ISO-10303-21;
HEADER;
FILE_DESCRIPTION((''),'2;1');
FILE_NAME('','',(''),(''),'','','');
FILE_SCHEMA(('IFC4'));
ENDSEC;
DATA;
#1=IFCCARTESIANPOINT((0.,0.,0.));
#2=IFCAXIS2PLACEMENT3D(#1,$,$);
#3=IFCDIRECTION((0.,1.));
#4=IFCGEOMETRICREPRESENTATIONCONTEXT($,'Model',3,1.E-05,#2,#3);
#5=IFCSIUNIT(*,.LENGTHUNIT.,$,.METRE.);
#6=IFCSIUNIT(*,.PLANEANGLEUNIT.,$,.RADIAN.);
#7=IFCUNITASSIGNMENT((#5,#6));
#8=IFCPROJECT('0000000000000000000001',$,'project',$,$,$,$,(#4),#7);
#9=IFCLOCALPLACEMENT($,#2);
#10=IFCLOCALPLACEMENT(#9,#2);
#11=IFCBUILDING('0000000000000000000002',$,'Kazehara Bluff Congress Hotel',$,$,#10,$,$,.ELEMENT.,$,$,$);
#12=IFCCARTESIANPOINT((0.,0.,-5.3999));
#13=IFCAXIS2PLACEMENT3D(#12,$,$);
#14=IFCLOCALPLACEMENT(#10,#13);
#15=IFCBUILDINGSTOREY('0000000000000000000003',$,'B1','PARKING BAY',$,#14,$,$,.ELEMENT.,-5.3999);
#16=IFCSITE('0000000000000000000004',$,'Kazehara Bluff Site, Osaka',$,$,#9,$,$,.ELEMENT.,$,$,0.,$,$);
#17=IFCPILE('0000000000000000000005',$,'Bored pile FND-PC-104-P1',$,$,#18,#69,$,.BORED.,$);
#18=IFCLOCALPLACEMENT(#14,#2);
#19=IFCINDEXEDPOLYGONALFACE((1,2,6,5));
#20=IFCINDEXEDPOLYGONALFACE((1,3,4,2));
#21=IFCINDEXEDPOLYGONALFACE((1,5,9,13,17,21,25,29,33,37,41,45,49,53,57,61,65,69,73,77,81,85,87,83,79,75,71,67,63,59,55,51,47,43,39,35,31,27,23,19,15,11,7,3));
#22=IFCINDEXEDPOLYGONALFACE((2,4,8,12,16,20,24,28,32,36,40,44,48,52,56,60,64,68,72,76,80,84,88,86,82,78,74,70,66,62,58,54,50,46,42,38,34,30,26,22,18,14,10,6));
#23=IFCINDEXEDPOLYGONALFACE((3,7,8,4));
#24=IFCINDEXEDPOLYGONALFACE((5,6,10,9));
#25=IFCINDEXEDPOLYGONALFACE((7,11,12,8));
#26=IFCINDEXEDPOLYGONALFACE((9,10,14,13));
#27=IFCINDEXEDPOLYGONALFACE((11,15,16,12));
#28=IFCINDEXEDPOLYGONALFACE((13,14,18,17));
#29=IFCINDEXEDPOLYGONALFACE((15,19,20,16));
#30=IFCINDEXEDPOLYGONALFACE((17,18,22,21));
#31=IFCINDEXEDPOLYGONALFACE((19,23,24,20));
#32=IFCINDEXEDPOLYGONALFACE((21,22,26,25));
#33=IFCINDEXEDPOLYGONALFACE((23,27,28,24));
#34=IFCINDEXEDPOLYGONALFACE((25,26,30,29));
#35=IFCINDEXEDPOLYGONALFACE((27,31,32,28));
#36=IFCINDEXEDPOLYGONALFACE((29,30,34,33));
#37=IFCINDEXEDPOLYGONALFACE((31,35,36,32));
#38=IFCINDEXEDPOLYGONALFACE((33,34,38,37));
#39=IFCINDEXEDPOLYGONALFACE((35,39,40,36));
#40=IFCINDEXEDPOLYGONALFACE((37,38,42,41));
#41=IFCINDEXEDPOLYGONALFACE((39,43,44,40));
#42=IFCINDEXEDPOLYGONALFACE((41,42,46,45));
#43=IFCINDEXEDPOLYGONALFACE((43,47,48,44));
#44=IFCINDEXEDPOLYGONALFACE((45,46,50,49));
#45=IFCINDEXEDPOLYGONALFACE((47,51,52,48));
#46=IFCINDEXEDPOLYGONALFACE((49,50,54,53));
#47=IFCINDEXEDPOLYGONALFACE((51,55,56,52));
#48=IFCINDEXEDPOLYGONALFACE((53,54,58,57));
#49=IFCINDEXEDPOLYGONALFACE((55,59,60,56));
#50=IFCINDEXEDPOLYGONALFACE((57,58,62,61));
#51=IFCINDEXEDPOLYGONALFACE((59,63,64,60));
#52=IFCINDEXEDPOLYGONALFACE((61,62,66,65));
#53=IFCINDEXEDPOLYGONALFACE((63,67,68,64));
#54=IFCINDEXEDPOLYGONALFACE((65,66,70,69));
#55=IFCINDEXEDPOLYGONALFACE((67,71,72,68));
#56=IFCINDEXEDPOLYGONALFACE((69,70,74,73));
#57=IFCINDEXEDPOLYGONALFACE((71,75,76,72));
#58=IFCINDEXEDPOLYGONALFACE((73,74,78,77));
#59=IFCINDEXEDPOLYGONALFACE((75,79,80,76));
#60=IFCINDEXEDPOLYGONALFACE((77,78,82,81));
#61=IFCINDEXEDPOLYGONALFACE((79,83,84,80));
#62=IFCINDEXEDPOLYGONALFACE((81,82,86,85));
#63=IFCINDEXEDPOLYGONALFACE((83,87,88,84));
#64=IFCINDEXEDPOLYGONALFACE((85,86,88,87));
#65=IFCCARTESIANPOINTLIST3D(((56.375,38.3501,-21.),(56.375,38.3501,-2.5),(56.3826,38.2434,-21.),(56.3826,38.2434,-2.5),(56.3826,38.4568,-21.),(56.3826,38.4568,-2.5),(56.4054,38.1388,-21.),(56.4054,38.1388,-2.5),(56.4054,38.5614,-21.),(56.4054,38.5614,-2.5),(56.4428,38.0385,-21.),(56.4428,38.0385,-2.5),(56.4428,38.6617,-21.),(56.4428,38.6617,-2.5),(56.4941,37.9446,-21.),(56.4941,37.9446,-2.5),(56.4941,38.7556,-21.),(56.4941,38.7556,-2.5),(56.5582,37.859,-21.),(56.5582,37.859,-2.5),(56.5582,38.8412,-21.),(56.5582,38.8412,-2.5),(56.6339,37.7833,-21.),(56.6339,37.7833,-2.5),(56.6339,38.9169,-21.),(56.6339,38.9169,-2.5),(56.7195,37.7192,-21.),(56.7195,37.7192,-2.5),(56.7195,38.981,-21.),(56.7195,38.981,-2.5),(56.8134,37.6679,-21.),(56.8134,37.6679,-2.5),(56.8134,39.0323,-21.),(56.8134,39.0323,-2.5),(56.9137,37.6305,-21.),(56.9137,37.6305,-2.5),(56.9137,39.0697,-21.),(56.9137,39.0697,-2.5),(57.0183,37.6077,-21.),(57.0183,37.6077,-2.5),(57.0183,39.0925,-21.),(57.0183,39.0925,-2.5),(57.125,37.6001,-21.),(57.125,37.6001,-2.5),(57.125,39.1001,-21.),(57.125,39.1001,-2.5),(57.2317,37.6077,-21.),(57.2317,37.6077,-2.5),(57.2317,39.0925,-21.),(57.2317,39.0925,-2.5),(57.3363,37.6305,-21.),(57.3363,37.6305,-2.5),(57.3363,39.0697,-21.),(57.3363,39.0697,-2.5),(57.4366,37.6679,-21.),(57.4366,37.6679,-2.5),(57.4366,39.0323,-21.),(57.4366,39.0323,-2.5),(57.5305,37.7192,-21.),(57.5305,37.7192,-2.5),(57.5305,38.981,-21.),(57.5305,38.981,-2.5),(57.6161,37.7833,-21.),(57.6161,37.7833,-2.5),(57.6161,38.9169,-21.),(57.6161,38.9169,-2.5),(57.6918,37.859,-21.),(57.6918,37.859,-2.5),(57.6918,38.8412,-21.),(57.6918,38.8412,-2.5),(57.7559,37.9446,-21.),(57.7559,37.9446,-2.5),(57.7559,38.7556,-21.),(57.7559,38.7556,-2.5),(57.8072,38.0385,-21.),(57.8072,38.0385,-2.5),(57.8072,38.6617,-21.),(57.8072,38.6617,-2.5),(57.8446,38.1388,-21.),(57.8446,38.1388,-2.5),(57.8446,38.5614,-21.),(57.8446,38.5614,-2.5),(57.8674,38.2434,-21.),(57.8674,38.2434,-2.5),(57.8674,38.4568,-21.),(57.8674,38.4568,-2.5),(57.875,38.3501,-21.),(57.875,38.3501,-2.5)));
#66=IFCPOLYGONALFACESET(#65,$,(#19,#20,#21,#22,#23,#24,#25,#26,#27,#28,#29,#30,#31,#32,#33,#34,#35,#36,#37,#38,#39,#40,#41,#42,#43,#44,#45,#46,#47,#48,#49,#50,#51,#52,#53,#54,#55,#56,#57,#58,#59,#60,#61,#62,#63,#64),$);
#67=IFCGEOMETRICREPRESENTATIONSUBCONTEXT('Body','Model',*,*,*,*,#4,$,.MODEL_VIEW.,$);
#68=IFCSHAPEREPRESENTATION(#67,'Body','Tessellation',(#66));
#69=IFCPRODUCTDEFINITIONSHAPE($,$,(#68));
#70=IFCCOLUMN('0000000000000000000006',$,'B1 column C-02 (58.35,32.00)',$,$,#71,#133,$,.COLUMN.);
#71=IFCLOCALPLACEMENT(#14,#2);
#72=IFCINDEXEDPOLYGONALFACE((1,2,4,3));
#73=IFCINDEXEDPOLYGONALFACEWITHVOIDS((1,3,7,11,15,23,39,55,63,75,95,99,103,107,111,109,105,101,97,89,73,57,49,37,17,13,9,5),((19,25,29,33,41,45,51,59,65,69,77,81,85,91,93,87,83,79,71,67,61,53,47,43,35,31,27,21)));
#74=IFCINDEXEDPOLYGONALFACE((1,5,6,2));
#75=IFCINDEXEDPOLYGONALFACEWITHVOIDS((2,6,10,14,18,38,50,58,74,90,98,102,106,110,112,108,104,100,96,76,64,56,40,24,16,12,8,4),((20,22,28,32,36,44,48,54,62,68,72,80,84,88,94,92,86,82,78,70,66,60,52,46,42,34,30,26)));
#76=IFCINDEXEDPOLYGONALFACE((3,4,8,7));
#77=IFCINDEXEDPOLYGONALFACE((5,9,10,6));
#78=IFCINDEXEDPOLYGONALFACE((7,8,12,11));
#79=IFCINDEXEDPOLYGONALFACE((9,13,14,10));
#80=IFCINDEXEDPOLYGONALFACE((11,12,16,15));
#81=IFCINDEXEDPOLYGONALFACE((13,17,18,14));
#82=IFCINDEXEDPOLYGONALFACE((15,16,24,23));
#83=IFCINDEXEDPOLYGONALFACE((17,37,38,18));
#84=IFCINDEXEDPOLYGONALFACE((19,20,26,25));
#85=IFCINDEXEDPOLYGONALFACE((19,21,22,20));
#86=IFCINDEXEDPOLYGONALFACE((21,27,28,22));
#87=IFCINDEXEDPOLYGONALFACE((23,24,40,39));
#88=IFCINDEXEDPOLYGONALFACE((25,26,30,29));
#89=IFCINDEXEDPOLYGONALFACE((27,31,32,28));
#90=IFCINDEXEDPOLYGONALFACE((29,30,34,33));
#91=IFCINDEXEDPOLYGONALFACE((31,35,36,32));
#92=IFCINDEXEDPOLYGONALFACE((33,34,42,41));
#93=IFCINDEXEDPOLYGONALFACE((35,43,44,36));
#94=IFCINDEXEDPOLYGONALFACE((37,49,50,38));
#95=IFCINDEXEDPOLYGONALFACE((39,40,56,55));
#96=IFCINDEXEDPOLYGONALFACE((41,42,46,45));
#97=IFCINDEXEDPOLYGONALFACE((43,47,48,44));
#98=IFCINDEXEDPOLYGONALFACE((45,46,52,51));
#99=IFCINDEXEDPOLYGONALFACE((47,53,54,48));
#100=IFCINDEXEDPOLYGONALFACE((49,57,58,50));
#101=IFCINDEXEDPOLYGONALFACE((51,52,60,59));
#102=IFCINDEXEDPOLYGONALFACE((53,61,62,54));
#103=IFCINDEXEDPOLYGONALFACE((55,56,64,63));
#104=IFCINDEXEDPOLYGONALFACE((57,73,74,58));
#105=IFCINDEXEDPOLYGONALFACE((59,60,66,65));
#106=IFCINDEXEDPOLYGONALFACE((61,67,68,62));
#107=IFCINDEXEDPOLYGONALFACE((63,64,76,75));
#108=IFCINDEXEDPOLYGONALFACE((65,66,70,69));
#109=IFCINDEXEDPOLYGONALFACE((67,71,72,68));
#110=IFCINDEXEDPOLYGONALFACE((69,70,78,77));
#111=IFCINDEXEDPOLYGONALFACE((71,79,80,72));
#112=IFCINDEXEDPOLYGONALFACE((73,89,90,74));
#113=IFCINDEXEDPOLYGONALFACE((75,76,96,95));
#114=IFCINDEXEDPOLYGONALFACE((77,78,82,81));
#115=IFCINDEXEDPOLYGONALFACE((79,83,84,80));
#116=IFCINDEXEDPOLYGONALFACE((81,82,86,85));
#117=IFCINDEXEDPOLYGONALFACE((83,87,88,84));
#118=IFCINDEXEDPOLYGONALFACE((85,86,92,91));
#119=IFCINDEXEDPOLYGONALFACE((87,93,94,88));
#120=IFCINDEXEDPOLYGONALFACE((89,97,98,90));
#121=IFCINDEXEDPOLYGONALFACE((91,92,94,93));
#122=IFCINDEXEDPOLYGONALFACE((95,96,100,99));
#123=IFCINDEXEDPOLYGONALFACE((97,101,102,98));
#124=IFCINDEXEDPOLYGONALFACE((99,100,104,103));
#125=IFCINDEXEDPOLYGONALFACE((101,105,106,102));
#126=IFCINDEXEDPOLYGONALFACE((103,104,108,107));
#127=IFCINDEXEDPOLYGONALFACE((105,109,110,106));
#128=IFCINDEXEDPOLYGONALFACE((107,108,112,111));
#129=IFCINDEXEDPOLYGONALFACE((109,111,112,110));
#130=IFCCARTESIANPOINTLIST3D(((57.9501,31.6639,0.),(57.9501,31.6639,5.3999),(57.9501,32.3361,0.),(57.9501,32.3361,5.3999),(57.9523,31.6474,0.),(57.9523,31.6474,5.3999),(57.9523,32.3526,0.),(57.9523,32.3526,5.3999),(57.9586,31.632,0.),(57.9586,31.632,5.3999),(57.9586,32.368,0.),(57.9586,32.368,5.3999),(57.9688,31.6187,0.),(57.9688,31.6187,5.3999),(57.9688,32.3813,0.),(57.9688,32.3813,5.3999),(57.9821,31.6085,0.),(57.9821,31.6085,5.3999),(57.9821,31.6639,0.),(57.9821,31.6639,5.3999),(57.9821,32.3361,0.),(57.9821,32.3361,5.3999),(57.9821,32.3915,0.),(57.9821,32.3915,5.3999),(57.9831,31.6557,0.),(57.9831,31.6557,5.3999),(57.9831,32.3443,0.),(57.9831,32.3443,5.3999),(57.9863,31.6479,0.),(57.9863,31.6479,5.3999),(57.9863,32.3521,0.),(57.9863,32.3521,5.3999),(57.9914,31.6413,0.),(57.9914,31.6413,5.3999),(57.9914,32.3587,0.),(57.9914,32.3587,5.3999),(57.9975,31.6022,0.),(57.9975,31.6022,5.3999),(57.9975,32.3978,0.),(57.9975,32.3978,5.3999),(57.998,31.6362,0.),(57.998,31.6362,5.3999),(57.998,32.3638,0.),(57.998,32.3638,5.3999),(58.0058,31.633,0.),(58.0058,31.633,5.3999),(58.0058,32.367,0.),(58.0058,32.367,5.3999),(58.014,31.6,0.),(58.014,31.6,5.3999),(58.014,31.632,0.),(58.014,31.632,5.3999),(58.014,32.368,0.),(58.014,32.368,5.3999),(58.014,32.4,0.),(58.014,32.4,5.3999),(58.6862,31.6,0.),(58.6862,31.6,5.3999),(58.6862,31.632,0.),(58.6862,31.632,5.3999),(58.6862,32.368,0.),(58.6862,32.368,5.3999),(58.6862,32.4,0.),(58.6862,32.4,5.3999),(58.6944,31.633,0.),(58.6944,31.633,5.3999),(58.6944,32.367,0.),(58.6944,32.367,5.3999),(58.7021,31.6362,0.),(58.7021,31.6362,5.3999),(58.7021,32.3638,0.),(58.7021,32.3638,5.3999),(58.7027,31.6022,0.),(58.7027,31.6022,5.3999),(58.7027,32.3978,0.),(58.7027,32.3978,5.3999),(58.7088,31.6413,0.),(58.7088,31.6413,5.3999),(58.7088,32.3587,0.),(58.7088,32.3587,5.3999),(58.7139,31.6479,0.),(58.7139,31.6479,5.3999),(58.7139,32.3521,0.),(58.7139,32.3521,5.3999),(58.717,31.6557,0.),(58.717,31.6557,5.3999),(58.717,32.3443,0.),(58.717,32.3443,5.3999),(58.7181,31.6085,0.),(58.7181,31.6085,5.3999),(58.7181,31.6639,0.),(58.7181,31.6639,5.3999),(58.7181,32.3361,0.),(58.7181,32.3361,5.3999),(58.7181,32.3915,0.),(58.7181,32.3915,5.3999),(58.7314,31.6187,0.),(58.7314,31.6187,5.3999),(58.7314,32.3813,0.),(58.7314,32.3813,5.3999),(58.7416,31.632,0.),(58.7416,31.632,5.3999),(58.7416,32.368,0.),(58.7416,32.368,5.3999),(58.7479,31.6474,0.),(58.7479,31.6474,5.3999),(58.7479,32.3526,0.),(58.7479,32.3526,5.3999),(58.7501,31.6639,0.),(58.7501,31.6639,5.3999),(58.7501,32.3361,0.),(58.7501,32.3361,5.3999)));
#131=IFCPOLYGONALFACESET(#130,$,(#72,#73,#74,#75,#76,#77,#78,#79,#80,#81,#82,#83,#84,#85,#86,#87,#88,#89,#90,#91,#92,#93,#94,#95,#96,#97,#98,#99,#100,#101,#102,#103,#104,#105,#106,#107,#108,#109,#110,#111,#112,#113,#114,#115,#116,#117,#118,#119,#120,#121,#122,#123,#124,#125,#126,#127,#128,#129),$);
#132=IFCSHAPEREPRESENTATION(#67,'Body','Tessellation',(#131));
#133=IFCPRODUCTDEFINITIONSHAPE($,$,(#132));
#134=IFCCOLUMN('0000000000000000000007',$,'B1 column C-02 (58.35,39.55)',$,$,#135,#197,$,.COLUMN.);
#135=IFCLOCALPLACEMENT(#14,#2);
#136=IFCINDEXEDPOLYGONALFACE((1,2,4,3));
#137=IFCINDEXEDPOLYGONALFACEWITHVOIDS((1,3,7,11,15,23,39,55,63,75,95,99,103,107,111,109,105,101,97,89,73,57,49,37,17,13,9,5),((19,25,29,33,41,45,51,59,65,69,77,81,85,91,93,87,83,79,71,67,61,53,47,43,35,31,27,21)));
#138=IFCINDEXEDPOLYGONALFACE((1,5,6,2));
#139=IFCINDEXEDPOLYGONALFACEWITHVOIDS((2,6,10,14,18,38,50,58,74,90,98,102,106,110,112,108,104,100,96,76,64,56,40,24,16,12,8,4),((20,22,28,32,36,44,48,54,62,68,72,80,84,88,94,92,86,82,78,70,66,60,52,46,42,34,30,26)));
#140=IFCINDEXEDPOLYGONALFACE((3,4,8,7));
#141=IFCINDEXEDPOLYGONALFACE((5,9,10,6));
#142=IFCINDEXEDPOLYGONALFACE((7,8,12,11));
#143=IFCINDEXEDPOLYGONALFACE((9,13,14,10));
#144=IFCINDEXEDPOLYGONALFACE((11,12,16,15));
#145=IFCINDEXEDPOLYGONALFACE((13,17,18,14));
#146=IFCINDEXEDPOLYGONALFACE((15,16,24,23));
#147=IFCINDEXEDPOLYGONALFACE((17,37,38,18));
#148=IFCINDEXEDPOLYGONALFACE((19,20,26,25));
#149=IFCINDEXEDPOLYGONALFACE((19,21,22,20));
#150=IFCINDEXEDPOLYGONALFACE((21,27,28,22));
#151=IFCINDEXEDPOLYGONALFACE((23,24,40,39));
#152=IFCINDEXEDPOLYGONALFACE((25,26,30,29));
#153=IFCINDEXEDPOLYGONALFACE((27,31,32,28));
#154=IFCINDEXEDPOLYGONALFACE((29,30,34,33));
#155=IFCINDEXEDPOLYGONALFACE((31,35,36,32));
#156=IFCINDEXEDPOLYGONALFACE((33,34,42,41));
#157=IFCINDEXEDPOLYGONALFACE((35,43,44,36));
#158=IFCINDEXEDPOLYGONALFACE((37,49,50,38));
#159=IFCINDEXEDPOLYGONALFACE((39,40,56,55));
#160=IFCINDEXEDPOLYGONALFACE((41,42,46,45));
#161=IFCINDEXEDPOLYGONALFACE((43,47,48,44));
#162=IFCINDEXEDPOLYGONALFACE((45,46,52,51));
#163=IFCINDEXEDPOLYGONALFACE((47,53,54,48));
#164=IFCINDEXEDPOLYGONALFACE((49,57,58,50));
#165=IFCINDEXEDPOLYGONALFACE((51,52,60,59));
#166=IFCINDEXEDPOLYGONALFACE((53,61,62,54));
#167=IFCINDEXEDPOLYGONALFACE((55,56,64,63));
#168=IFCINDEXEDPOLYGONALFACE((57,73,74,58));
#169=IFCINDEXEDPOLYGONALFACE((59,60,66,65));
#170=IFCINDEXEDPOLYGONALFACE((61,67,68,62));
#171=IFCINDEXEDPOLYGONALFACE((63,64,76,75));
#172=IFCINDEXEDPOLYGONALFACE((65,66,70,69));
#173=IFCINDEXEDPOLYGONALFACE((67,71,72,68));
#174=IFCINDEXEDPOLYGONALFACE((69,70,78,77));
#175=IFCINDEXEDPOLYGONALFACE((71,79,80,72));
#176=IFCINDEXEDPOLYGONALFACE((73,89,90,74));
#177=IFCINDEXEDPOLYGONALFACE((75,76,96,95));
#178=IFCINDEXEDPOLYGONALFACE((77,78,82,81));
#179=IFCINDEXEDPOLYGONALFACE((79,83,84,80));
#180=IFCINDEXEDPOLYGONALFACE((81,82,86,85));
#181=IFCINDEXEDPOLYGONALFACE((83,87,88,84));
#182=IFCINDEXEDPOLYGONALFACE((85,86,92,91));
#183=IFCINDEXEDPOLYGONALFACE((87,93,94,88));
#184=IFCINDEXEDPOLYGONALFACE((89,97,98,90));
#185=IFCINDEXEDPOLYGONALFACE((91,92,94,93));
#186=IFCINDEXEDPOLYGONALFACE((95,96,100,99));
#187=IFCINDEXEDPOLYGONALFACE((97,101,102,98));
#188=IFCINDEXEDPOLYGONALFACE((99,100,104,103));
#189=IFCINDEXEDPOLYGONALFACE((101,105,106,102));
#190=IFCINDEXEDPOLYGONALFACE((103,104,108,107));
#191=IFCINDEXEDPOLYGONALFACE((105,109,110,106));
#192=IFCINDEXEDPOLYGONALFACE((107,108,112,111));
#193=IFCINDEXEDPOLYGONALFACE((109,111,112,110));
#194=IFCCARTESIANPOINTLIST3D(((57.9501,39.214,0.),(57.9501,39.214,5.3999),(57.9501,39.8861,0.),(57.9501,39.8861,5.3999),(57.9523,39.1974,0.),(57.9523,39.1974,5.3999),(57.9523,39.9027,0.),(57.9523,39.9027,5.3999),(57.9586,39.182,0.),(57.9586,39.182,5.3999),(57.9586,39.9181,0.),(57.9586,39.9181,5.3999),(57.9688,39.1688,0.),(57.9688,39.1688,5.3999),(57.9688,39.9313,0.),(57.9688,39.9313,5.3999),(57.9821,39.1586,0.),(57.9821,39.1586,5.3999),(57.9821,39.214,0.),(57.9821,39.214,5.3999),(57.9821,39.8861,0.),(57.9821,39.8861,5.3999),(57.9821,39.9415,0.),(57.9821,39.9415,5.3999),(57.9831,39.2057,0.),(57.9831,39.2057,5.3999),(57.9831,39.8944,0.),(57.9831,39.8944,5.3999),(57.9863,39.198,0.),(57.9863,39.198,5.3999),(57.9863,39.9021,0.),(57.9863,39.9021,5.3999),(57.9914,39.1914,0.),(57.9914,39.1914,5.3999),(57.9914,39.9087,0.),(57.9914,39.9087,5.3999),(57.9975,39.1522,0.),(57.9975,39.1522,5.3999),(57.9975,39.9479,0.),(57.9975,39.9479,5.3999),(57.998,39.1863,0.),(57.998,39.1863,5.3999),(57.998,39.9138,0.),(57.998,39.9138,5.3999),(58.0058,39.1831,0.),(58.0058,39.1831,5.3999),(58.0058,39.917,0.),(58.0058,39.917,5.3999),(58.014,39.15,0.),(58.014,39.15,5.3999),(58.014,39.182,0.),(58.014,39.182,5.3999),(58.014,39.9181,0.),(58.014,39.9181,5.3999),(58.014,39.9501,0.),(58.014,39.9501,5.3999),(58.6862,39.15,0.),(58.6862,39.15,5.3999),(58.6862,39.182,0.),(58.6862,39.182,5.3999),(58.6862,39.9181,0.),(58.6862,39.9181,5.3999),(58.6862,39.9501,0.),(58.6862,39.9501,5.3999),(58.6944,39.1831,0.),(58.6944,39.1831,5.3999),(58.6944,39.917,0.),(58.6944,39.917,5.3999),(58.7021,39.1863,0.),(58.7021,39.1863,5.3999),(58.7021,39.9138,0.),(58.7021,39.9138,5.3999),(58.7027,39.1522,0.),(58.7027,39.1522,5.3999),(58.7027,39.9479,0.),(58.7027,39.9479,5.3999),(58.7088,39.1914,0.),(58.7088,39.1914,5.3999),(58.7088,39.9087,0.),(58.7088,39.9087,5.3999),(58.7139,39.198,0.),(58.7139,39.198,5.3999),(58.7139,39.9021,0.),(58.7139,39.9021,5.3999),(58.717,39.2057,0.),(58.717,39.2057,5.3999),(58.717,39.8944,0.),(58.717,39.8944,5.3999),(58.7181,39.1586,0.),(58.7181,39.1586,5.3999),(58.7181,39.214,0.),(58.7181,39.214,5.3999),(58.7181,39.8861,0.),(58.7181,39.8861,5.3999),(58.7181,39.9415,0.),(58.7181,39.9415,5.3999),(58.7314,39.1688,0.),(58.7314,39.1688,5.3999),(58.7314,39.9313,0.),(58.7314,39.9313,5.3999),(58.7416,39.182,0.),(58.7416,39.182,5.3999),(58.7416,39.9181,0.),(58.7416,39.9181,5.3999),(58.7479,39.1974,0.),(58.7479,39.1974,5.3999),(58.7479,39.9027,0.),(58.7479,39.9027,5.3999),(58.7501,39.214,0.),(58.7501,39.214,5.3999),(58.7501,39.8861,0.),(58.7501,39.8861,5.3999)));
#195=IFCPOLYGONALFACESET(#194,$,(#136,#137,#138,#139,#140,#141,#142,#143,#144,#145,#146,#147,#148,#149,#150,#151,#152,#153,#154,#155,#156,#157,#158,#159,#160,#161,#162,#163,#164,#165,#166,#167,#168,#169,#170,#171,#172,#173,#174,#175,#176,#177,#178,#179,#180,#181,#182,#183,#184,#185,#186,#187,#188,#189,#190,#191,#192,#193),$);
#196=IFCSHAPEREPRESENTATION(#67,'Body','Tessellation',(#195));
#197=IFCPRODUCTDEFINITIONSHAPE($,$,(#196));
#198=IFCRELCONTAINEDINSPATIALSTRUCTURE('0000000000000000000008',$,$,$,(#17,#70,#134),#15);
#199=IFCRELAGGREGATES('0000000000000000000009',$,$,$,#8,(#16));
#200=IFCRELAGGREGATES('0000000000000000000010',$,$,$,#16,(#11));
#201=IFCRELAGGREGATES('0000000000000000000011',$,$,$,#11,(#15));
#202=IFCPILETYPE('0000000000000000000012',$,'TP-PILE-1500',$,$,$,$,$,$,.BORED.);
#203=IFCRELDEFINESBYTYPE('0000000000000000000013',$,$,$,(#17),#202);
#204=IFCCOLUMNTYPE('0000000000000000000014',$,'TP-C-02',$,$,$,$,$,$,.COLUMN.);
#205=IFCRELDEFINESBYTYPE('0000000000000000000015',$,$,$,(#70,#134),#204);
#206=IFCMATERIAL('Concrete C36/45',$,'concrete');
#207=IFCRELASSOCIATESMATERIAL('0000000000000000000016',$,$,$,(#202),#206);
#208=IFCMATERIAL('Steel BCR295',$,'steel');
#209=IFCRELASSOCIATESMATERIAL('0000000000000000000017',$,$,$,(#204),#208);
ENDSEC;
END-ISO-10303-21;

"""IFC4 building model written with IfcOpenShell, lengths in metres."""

from ifc_helpers import new_model, si_unit, direction, frame, origin, origin_2d, place, context, subcontext, project, spatial, hollow_rectangle, circle, extrude, material, material_profile, profile_set, type_object, element, save


model = new_model("IFC4")

# Units and contexts
model_context = context("Model", 3, precision=1e-05, world=origin(), true_north=direction((0.0, 1.0)))
body_context = subcontext(model_context, "Body", "Model", "MODEL_VIEW")
ifc_project = project(units=[si_unit("LENGTHUNIT", "METRE"), si_unit("PLANEANGLEUNIT", "RADIAN")], contexts=[model_context])

# Site, building, storey
site_placement = place(None, origin())
site = spatial("IfcSite", under=ifc_project, at=site_placement, Name="Kazehara Bluff Site, Osaka", CompositionType="ELEMENT", RefElevation=0.0)
building_placement = place(site_placement, origin())
building = spatial("IfcBuilding", under=site, at=building_placement, Name="Kazehara Bluff Congress Hotel", CompositionType="ELEMENT")
storey_placement = place(building_placement, frame((0.0, 0.0, -5.3999)))
storey = spatial("IfcBuildingStorey", under=building, at=storey_placement, Name="B1", Description="PARKING BAY", CompositionType="ELEMENT", Elevation=-5.3999)

# Pile
ifc_material_1 = material(Name="Concrete C36/45", Category="concrete")
ifc_material_profile_1 = material_profile(ifc_material_1, circle(Radius=0.75, at=origin_2d()))
ifc_profile_set_1 = profile_set([ifc_material_profile_1], Name="Concrete C36/45")
pile_type_1 = type_object("IfcPileType", Name="TP-PILE-1500", PredefinedType="BORED", material=ifc_profile_set_1)
for number, where, z_axis, x_axis, name in (
    (1, (57.125, 38.3501, -2.5), (0.0, 0.0, -1.0), (1.0, 0.0, 0.0), "Bored pile FND-PC-104-P1"),
):
    element("IfcPile", number, at=place(storey_placement, frame(where, z_axis=z_axis, x_axis=x_axis)), inside=storey, type_object=pile_type_1, Name=name, PredefinedType="BORED", context=body_context, shape_type="SweptSolid", body=[
        extrude(circle(Radius=0.75, at=origin_2d()), origin(), (0.0, 0.0, 1.0), 18.5),
    ])

# Columns
ifc_material_2 = material(Name="Steel BCR295", Category="steel")
ifc_material_profile_2 = material_profile(ifc_material_2, hollow_rectangle(XDim=0.8, YDim=0.8, WallThickness=0.032, InnerFilletRadius=0.032, OuterFilletRadius=0.064, at=origin_2d()))
ifc_profile_set_2 = profile_set([ifc_material_profile_2], Name="Steel BCR295")
column_type_1 = type_object("IfcColumnType", Name="TP-C-02", PredefinedType="COLUMN", material=ifc_profile_set_2)
for number, where, z_axis, x_axis, name in (
    (2, (58.3501, 32.0, 0.0), (0.0, 0.0, 1.0), (1.0, 0.0, 0.0), "B1 column C-02 (58.35,32.00)"),
    (3, (58.3501, 39.55, 0.0), (0.0, 0.0, 1.0), (1.0, 0.0, 0.0), "B1 column C-02 (58.35,39.55)"),
):
    element("IfcColumn", number, at=place(storey_placement, frame(where, z_axis=z_axis, x_axis=x_axis)), inside=storey, type_object=column_type_1, Name=name, PredefinedType="COLUMN", context=body_context, shape_type="SweptSolid", body=[
        extrude(hollow_rectangle(XDim=0.8, YDim=0.8, WallThickness=0.032, InnerFilletRadius=0.032, OuterFilletRadius=0.064, at=origin_2d()), origin(), (0.0, 0.0, 1.0), 5.3999),
    ])

save(model, "model.ifc")
